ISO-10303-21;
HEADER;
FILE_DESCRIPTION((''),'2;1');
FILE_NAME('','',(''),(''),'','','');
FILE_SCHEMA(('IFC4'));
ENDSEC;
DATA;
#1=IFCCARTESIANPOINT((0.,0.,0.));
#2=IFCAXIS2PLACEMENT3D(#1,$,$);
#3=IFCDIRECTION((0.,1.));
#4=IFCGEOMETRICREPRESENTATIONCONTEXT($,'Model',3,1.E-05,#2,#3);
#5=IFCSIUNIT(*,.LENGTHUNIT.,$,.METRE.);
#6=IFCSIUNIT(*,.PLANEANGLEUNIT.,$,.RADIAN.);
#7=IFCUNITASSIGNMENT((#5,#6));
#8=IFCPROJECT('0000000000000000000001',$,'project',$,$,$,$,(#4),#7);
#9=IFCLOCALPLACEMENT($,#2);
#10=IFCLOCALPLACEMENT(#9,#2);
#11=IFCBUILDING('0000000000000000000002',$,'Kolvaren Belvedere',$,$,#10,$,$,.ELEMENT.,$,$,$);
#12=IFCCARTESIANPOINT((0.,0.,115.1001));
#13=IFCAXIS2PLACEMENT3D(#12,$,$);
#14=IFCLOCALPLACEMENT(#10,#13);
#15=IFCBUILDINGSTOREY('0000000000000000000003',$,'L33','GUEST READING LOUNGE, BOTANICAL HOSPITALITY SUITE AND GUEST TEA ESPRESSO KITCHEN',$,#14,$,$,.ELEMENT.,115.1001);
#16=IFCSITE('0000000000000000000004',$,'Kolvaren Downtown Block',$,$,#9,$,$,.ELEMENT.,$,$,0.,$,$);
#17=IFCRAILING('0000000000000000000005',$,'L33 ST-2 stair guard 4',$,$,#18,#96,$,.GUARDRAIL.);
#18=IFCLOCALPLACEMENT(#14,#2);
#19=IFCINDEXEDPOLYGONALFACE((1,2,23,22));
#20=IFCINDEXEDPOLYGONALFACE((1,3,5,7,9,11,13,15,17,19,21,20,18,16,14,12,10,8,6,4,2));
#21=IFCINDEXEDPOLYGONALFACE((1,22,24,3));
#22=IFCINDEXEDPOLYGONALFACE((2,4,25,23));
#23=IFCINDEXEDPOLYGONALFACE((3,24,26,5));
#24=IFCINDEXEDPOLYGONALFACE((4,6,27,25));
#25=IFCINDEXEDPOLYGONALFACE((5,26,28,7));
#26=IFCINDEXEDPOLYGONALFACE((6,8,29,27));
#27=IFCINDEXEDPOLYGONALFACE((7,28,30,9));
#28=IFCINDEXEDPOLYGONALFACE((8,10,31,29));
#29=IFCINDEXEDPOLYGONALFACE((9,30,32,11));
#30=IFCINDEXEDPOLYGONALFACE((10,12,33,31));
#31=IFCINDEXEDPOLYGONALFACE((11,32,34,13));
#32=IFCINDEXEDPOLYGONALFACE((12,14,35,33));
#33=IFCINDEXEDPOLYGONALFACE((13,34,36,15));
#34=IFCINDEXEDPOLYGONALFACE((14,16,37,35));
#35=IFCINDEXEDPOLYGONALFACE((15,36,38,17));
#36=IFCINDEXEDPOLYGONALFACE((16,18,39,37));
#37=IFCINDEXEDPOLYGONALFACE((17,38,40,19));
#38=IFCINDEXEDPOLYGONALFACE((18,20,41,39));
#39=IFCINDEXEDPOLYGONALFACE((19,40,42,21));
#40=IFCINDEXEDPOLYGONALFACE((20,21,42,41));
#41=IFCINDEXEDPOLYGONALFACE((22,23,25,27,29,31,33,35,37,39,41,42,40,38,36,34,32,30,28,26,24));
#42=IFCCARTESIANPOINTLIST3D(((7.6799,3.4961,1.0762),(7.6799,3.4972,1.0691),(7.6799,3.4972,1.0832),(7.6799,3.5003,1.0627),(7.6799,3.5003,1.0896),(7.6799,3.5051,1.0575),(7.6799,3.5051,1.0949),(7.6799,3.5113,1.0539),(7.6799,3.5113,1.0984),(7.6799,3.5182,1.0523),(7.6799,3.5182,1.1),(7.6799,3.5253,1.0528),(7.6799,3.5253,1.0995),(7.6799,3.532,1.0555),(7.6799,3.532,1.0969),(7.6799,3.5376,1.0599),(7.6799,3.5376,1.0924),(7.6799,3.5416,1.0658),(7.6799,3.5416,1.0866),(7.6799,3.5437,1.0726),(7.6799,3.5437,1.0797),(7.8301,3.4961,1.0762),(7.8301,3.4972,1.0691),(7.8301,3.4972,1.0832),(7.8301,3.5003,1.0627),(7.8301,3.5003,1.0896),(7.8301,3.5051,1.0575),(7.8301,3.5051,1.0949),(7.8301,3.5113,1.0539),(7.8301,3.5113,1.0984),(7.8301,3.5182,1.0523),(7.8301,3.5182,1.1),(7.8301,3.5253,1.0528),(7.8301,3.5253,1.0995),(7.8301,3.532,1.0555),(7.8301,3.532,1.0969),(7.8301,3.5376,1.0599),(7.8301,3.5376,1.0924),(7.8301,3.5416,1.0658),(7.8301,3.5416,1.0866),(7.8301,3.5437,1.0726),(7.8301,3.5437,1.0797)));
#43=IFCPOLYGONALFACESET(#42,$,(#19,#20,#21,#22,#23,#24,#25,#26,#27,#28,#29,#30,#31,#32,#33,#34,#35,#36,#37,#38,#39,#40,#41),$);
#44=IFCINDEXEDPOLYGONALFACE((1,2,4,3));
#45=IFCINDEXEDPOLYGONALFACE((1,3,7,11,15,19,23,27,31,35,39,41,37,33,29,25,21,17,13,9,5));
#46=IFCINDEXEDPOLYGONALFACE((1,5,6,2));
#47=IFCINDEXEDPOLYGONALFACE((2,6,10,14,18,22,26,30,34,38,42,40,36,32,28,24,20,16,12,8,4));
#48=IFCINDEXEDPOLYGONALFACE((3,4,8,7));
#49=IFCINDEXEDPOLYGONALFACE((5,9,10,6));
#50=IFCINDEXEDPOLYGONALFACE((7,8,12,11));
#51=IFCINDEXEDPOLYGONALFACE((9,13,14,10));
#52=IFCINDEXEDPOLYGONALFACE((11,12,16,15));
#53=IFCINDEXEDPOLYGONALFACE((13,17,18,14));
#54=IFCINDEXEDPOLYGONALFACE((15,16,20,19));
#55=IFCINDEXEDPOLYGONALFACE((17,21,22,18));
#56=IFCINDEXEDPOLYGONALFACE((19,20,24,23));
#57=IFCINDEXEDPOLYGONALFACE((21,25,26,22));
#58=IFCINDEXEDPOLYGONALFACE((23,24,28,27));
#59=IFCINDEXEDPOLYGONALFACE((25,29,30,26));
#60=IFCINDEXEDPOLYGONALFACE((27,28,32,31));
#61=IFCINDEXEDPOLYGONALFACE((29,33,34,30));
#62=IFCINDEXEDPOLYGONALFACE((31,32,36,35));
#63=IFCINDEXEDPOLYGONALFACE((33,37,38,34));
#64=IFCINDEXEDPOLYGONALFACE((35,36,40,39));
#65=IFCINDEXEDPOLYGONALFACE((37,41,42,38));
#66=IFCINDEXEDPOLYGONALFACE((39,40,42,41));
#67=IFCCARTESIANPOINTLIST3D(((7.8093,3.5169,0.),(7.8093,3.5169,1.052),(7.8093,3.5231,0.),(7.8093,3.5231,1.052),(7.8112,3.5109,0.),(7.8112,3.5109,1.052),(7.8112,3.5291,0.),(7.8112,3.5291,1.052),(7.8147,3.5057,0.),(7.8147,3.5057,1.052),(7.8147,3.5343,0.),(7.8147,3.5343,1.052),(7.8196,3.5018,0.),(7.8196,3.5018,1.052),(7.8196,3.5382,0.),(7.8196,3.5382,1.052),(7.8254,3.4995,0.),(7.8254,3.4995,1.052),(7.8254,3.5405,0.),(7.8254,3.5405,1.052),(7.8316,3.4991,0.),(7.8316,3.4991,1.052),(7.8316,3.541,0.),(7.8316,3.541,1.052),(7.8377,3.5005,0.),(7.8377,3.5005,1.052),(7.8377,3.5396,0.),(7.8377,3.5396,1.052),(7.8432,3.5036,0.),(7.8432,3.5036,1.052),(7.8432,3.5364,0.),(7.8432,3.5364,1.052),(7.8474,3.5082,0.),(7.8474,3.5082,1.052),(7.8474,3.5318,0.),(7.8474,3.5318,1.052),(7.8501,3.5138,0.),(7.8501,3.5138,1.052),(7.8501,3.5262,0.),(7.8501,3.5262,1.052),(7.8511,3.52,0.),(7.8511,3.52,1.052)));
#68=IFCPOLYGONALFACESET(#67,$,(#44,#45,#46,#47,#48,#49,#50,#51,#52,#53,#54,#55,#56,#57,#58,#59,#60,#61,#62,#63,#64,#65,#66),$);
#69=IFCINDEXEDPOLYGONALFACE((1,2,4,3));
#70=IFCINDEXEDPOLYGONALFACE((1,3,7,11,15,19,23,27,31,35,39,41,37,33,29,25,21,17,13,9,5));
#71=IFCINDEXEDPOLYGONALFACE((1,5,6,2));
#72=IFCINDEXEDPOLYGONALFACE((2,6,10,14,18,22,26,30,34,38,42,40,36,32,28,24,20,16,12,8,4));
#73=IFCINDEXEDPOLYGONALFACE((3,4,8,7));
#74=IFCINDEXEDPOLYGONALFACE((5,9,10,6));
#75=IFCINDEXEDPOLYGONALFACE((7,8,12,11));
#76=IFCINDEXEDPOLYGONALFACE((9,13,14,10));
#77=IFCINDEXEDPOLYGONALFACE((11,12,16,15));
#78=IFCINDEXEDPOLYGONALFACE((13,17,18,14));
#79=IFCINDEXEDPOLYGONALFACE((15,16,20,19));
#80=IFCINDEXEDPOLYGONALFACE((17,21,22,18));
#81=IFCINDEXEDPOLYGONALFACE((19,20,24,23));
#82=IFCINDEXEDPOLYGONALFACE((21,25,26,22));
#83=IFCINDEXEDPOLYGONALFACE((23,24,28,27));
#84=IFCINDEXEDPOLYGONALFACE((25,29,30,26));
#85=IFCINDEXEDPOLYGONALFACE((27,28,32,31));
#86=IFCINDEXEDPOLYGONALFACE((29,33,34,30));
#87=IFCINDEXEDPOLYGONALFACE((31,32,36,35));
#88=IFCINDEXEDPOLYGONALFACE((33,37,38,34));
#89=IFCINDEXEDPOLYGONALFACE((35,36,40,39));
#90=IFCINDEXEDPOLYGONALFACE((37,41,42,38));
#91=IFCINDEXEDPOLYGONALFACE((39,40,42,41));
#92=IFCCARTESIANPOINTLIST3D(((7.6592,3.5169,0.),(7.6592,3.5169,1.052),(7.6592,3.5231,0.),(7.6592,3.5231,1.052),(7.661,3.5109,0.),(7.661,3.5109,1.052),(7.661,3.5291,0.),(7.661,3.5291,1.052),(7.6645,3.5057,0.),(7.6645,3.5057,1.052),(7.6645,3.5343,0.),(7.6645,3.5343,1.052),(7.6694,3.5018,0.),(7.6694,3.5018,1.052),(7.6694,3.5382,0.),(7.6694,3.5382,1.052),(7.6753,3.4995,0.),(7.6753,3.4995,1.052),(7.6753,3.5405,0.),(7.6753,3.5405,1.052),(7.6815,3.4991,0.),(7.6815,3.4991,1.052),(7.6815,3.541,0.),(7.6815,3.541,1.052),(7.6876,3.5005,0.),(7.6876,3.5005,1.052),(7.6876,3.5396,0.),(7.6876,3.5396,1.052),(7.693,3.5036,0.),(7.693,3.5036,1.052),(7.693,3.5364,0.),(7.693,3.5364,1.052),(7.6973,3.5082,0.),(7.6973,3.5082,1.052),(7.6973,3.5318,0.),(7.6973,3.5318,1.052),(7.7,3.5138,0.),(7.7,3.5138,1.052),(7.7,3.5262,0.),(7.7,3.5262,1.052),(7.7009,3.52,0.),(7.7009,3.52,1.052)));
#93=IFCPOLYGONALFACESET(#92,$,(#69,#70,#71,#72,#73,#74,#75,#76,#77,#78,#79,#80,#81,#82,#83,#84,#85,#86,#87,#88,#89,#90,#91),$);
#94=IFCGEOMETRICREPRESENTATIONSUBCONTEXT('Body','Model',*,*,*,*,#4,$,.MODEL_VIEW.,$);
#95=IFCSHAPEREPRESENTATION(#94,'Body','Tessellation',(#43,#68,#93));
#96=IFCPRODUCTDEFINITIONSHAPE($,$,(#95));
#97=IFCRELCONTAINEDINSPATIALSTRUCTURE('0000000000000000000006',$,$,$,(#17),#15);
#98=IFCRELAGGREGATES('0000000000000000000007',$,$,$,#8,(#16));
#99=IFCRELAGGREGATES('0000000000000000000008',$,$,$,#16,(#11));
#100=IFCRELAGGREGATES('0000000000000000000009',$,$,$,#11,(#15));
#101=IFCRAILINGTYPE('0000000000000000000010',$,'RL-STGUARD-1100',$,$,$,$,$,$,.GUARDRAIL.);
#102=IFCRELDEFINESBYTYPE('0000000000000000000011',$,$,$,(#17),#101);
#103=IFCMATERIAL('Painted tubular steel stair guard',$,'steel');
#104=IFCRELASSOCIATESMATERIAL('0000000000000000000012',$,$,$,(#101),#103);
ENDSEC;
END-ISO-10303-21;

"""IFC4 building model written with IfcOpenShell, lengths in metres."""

from ifc_helpers import new_model, si_unit, direction, frame, origin, origin_2d, place, context, subcontext, project, spatial, circle, extrude, material, type_object, element, save


model = new_model("IFC4")

# Units and contexts
model_context = context("Model", 3, precision=1e-05, world=origin(), true_north=direction((0.0, 1.0)))
body_context = subcontext(model_context, "Body", "Model", "MODEL_VIEW")
ifc_project = project(units=[si_unit("LENGTHUNIT", "METRE"), si_unit("PLANEANGLEUNIT", "RADIAN")], contexts=[model_context])

# Site, building, storey
site_placement = place(None, origin())
site = spatial("IfcSite", under=ifc_project, at=site_placement, Name="Kolvaren Downtown Block", CompositionType="ELEMENT", RefElevation=0.0)
building_placement = place(site_placement, origin())
building = spatial("IfcBuilding", under=site, at=building_placement, Name="Kolvaren Belvedere", CompositionType="ELEMENT")
storey_placement = place(building_placement, frame((0.0, 0.0, 115.1001)))
storey = spatial("IfcBuildingStorey", under=building, at=storey_placement, Name="L33", Description="GUEST READING LOUNGE, BOTANICAL HOSPITALITY SUITE AND GUEST TEA ESPRESSO KITCHEN", CompositionType="ELEMENT", Elevation=115.1001)

# Railing
ifc_material_1 = material(Name="Painted tubular steel stair guard", Category="steel")
railing_type_1 = type_object("IfcRailingType", Name="RL-STGUARD-1100", PredefinedType="GUARDRAIL", material=ifc_material_1)
railing_1_placement = place(storey_placement, frame((7.8301, 3.52, 0.0)))
element("IfcRailing", 1, at=railing_1_placement, inside=storey, type_object=railing_type_1, Name="L33 ST-2 stair guard 4", PredefinedType="GUARDRAIL", context=body_context, shape_type="SweptSolid", body=[
    extrude(circle(Radius=0.0239, at=origin_2d()), frame((0.0, 0.0, 1.0762), z_axis=(-1.0, 0.0, 0.0), x_axis=(0.0, -1.0, 0.0)), (0.0, 0.0, 1.0), 0.1501),
    extrude(circle(Radius=0.021, at=origin_2d()), origin(), (0.0, 0.0, 1.0), 1.052),
    extrude(circle(Radius=0.021, at=origin_2d()), frame((-0.1501, 0.0, 0.0)), (0.0, 0.0, 1.0), 1.052),
])

save(model, "model.ifc")
